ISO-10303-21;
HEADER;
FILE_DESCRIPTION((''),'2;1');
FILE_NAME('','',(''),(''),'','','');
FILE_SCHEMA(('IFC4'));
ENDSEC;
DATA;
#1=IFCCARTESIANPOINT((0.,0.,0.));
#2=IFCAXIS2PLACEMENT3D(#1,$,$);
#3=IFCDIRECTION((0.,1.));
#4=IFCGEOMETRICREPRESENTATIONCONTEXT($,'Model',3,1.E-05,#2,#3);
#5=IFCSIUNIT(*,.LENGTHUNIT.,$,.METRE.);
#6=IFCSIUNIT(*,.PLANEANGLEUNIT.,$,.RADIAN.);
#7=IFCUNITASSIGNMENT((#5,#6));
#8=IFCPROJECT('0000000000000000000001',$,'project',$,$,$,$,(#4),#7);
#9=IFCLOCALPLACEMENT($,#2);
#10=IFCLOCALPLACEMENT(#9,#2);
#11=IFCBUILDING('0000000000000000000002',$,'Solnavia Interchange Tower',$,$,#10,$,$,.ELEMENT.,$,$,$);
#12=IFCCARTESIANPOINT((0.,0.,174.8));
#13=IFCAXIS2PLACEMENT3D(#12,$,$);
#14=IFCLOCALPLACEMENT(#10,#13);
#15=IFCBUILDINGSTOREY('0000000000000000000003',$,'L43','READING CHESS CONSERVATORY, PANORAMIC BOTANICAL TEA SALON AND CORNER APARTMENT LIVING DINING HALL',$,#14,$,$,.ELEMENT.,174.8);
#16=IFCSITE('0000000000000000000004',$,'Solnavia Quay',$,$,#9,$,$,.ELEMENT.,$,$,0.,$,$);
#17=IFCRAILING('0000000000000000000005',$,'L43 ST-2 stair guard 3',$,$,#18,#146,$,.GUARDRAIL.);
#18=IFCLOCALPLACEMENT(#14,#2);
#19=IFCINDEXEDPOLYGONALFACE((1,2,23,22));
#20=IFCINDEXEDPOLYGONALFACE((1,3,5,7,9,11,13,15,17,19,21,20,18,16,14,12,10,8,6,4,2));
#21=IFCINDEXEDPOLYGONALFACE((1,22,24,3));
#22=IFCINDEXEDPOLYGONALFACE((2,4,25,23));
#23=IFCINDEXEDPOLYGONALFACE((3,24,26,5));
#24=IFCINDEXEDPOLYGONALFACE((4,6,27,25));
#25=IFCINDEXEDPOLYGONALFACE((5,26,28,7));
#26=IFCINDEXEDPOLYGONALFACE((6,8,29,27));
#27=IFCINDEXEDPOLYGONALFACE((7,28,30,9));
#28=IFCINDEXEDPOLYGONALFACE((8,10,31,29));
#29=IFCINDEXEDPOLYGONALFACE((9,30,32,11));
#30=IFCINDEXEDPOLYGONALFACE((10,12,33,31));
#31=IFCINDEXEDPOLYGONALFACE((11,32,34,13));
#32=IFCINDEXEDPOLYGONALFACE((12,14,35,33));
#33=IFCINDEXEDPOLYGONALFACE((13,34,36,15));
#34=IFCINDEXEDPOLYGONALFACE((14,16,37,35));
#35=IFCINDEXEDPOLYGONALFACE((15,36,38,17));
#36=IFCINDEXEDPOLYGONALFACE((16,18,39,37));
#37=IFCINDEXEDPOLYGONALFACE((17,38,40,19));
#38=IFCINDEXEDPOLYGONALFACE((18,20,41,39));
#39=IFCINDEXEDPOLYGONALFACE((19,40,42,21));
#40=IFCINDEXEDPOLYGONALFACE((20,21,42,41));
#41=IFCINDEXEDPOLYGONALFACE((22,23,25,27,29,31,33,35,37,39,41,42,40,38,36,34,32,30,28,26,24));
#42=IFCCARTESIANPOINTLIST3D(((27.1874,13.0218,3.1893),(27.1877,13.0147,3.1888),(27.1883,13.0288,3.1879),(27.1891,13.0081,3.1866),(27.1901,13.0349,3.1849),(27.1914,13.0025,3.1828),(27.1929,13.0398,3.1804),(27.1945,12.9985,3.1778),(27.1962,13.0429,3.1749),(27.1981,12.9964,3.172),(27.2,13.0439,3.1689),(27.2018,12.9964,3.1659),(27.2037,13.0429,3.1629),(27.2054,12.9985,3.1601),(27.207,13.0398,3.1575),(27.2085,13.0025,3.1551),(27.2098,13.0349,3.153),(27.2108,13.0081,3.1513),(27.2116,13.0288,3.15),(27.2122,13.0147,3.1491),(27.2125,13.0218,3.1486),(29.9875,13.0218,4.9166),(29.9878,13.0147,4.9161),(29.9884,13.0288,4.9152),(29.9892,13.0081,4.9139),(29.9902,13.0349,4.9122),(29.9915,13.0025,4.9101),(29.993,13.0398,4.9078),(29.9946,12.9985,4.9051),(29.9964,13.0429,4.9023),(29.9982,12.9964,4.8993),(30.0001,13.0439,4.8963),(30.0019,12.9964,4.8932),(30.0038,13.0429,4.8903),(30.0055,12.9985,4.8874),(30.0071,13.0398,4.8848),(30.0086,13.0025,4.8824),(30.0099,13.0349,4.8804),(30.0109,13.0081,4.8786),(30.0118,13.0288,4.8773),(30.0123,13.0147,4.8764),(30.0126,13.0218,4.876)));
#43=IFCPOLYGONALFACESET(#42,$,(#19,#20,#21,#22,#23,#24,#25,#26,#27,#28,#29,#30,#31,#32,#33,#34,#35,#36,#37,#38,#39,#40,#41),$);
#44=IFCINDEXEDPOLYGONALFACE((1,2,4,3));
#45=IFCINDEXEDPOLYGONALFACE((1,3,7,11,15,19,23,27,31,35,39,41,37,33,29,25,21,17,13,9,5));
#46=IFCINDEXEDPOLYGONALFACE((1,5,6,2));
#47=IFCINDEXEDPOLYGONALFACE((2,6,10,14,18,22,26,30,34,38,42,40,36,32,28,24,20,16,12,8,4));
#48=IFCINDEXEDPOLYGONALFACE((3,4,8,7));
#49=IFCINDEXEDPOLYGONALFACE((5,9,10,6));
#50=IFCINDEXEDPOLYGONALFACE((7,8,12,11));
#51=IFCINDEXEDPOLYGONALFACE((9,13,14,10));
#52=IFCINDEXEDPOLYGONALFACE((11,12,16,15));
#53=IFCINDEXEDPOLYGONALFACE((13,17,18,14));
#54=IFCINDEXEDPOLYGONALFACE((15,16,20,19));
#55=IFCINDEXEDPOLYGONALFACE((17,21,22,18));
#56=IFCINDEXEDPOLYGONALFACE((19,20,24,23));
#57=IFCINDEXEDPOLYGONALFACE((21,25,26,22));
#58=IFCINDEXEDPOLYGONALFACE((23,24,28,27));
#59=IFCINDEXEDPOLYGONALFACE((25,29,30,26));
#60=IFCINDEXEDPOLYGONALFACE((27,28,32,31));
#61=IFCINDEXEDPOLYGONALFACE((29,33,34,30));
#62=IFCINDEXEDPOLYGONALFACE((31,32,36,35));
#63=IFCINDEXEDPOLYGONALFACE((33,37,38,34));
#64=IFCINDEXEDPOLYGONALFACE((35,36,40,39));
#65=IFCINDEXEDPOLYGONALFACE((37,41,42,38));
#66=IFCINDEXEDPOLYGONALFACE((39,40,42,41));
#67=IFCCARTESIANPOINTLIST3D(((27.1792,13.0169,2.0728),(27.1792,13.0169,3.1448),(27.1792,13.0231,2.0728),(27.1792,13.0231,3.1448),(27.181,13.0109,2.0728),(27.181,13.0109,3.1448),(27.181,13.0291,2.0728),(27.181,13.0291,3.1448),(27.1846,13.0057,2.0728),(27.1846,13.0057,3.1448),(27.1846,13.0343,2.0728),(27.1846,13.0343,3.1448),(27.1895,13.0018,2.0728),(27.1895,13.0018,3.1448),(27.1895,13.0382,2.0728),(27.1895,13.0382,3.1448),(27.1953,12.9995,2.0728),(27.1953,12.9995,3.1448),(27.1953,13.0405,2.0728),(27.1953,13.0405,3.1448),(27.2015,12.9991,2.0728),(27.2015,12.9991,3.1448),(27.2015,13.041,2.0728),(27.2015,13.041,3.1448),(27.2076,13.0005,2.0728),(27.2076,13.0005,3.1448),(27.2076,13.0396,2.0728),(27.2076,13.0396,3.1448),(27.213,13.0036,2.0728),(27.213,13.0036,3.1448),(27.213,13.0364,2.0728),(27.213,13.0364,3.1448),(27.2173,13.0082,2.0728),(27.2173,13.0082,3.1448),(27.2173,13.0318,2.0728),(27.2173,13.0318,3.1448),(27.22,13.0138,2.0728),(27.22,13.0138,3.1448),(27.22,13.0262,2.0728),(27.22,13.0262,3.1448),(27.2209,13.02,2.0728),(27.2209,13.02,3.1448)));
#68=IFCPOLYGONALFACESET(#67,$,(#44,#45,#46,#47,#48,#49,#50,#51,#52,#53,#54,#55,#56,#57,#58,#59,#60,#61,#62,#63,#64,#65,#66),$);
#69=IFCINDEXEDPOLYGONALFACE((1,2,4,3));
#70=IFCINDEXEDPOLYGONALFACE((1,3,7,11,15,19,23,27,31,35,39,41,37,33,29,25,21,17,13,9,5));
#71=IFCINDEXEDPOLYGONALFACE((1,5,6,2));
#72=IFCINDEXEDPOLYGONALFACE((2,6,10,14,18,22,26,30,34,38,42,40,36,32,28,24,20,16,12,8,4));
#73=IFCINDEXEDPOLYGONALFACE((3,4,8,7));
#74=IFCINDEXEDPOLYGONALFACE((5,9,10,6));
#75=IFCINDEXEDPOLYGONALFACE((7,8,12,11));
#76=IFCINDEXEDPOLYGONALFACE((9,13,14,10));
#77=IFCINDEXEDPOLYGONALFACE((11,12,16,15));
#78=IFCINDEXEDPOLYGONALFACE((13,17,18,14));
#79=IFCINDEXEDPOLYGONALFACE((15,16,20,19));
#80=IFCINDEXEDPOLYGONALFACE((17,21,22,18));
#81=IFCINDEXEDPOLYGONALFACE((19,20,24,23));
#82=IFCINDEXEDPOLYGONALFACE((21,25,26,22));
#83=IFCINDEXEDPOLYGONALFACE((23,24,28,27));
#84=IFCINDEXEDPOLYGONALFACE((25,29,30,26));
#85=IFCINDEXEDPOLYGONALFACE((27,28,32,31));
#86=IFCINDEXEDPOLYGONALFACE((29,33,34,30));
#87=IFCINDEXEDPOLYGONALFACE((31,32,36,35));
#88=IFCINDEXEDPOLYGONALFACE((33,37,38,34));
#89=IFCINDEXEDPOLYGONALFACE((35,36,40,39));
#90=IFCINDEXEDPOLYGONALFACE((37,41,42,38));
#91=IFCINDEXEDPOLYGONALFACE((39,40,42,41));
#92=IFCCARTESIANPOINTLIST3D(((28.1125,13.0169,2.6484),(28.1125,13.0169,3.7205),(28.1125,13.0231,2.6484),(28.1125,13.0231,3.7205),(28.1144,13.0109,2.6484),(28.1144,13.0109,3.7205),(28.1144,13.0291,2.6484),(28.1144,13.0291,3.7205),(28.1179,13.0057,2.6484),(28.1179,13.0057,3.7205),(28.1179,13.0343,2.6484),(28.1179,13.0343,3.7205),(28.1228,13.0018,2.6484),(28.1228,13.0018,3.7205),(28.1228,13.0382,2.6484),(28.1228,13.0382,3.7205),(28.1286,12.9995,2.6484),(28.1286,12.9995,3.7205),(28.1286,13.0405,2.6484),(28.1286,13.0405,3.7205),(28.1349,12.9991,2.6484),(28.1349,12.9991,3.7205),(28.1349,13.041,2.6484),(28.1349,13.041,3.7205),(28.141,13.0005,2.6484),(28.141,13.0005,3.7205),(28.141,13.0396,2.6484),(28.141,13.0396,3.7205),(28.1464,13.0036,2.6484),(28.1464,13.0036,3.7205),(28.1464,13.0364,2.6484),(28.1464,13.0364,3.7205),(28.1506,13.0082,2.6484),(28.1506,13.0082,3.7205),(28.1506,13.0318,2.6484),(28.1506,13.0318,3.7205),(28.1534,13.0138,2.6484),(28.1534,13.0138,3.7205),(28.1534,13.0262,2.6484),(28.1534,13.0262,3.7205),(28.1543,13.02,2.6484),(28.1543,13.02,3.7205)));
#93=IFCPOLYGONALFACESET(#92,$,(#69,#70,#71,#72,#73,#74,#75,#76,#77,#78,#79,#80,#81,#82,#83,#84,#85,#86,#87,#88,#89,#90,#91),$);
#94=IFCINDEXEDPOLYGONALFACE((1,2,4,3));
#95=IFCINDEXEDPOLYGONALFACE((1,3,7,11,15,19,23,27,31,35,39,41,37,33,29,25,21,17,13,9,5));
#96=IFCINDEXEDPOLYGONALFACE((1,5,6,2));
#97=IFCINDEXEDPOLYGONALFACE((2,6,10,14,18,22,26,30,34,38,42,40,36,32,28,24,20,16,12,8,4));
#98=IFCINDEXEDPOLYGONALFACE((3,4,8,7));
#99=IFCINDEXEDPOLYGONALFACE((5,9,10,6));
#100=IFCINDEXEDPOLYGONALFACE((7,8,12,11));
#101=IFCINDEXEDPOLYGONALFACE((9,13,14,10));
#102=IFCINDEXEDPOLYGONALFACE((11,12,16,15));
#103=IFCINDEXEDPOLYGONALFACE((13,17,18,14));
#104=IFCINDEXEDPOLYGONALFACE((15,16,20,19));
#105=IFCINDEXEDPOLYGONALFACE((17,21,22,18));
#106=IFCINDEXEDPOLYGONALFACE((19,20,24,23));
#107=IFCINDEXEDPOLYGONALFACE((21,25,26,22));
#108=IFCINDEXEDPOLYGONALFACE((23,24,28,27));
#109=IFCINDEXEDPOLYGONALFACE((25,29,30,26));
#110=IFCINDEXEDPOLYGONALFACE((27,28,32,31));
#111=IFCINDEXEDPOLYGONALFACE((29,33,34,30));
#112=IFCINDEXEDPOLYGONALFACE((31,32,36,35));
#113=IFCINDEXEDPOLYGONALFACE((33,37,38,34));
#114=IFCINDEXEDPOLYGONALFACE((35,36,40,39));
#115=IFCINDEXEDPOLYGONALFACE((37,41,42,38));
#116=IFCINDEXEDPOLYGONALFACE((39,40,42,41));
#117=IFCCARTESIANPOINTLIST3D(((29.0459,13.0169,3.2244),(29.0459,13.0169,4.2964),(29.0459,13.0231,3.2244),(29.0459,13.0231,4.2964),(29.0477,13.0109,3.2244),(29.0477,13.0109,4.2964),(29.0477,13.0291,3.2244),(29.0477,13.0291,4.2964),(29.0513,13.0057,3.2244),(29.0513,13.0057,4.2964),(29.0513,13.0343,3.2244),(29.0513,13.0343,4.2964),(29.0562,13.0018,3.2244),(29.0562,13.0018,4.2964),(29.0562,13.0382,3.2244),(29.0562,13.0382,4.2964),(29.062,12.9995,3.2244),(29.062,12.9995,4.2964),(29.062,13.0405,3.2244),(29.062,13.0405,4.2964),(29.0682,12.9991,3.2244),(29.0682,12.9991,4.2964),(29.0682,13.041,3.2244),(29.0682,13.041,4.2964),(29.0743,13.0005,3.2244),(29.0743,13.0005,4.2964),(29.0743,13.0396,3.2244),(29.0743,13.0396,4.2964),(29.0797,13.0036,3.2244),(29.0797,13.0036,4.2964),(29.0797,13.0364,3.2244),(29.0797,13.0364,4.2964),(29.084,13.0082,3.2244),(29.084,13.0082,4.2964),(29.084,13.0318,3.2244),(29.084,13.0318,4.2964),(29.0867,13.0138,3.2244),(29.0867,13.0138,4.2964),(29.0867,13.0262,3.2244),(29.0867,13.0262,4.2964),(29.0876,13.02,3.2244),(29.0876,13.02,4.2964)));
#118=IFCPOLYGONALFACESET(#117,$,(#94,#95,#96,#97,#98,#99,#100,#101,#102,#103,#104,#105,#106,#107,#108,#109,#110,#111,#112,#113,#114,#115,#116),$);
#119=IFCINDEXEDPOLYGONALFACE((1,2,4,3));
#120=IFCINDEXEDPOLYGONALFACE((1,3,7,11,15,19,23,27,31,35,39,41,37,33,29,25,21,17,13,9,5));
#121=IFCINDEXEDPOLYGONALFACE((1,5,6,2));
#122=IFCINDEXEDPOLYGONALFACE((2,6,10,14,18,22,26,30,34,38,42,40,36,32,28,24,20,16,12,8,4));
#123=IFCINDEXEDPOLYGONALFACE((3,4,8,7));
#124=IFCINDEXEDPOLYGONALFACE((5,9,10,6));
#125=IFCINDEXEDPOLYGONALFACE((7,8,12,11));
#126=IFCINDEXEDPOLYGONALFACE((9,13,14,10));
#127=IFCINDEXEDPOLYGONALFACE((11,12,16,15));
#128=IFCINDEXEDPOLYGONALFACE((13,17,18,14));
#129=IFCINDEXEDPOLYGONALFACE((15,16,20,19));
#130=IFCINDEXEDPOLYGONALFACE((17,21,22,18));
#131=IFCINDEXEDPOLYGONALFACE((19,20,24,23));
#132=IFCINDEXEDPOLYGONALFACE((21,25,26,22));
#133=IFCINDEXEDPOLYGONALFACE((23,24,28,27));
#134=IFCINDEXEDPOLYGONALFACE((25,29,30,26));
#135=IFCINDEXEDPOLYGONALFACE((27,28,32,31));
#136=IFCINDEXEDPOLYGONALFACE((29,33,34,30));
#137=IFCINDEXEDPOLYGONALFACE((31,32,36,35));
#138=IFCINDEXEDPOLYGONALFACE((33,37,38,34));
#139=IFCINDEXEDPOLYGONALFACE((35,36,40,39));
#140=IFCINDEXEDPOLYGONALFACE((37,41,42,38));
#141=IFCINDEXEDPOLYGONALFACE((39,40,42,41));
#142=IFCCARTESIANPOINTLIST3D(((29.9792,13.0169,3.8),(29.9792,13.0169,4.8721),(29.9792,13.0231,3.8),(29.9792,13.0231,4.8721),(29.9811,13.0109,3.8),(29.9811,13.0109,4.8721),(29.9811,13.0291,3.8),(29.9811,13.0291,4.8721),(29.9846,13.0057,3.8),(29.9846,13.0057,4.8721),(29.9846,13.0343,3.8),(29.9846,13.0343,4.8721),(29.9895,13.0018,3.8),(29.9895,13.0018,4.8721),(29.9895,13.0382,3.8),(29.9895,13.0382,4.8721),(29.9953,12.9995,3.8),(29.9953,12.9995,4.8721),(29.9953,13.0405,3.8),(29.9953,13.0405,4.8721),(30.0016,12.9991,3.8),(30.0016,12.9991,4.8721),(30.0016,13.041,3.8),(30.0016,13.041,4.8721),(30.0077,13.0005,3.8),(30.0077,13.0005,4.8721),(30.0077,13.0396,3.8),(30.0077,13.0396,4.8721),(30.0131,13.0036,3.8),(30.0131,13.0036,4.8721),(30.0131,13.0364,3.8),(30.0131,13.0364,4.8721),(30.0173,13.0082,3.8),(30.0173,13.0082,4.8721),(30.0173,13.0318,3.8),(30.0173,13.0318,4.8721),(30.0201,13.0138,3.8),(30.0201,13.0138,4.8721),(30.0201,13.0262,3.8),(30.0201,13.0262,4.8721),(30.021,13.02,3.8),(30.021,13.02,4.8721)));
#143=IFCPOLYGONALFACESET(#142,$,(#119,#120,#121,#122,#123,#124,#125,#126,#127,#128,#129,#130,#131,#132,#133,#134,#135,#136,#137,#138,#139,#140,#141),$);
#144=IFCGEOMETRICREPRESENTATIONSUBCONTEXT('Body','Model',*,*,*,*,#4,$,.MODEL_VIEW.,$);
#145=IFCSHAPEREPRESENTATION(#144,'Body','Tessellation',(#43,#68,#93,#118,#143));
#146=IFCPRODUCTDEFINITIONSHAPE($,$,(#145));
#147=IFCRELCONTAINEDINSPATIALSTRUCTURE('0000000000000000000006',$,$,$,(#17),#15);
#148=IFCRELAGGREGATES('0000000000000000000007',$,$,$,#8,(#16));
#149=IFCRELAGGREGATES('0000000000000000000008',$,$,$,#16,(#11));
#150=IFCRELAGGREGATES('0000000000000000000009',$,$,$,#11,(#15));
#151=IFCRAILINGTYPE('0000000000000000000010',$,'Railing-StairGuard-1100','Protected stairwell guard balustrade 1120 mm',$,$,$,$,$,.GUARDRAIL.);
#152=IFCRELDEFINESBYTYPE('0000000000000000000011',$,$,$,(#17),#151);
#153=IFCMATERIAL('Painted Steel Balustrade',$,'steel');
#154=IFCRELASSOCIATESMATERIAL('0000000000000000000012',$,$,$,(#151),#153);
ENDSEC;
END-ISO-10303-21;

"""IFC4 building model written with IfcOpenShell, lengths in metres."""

from ifc_helpers import new_model, si_unit, direction, frame, origin, origin_2d, place, context, subcontext, project, spatial, circle, extrude, material, type_object, element, save


model = new_model("IFC4")

# Units and contexts
model_context = context("Model", 3, precision=1e-05, world=origin(), true_north=direction((0.0, 1.0)))
body_context = subcontext(model_context, "Body", "Model", "MODEL_VIEW")
ifc_project = project(units=[si_unit("LENGTHUNIT", "METRE"), si_unit("PLANEANGLEUNIT", "RADIAN")], contexts=[model_context])

# Site, building, storey
site_placement = place(None, origin())
site = spatial("IfcSite", under=ifc_project, at=site_placement, Name="Solnavia Quay", CompositionType="ELEMENT", RefElevation=0.0)
building_placement = place(site_placement, origin())
building = spatial("IfcBuilding", under=site, at=building_placement, Name="Solnavia Interchange Tower", CompositionType="ELEMENT")
storey_placement = place(building_placement, frame((0.0, 0.0, 174.8)))
storey = spatial("IfcBuildingStorey", under=building, at=storey_placement, Name="L43", Description="READING CHESS CONSERVATORY, PANORAMIC BOTANICAL TEA SALON AND CORNER APARTMENT LIVING DINING HALL", CompositionType="ELEMENT", Elevation=174.8)

# Railing
ifc_material_1 = material(Name="Painted Steel Balustrade", Category="steel")
railing_type_1 = type_object("IfcRailingType", Name="Railing-StairGuard-1100", Description="Protected stairwell guard balustrade 1120 mm", PredefinedType="GUARDRAIL", material=ifc_material_1)
railing_1_placement = place(storey_placement, frame((27.2, 13.02, 2.0728)))
element("IfcRailing", 1, at=railing_1_placement, inside=storey, type_object=railing_type_1, Name="L43 ST-2 stair guard 3", PredefinedType="GUARDRAIL", context=body_context, shape_type="SweptSolid", body=[
    extrude(circle(Radius=0.0239, at=origin_2d()), frame((0.0, 0.0, 1.0962), z_axis=(0.85109, 0.0, 0.52502), x_axis=(0.0, 1.0, 0.0)), (0.0, 0.0, 1.0), 3.29),
    extrude(circle(Radius=0.021, at=origin_2d()), origin(), (0.0, 0.0, 1.0), 1.072),
    extrude(circle(Radius=0.021, at=origin_2d()), frame((0.9333, 0.0, 0.5757)), (0.0, 0.0, 1.0), 1.072),
    extrude(circle(Radius=0.021, at=origin_2d()), frame((1.8667, 0.0, 1.1516)), (0.0, 0.0, 1.0), 1.072),
    extrude(circle(Radius=0.021, at=origin_2d()), frame((2.8, 0.0, 1.7273)), (0.0, 0.0, 1.0), 1.072),
])

save(model, "model.ifc")
